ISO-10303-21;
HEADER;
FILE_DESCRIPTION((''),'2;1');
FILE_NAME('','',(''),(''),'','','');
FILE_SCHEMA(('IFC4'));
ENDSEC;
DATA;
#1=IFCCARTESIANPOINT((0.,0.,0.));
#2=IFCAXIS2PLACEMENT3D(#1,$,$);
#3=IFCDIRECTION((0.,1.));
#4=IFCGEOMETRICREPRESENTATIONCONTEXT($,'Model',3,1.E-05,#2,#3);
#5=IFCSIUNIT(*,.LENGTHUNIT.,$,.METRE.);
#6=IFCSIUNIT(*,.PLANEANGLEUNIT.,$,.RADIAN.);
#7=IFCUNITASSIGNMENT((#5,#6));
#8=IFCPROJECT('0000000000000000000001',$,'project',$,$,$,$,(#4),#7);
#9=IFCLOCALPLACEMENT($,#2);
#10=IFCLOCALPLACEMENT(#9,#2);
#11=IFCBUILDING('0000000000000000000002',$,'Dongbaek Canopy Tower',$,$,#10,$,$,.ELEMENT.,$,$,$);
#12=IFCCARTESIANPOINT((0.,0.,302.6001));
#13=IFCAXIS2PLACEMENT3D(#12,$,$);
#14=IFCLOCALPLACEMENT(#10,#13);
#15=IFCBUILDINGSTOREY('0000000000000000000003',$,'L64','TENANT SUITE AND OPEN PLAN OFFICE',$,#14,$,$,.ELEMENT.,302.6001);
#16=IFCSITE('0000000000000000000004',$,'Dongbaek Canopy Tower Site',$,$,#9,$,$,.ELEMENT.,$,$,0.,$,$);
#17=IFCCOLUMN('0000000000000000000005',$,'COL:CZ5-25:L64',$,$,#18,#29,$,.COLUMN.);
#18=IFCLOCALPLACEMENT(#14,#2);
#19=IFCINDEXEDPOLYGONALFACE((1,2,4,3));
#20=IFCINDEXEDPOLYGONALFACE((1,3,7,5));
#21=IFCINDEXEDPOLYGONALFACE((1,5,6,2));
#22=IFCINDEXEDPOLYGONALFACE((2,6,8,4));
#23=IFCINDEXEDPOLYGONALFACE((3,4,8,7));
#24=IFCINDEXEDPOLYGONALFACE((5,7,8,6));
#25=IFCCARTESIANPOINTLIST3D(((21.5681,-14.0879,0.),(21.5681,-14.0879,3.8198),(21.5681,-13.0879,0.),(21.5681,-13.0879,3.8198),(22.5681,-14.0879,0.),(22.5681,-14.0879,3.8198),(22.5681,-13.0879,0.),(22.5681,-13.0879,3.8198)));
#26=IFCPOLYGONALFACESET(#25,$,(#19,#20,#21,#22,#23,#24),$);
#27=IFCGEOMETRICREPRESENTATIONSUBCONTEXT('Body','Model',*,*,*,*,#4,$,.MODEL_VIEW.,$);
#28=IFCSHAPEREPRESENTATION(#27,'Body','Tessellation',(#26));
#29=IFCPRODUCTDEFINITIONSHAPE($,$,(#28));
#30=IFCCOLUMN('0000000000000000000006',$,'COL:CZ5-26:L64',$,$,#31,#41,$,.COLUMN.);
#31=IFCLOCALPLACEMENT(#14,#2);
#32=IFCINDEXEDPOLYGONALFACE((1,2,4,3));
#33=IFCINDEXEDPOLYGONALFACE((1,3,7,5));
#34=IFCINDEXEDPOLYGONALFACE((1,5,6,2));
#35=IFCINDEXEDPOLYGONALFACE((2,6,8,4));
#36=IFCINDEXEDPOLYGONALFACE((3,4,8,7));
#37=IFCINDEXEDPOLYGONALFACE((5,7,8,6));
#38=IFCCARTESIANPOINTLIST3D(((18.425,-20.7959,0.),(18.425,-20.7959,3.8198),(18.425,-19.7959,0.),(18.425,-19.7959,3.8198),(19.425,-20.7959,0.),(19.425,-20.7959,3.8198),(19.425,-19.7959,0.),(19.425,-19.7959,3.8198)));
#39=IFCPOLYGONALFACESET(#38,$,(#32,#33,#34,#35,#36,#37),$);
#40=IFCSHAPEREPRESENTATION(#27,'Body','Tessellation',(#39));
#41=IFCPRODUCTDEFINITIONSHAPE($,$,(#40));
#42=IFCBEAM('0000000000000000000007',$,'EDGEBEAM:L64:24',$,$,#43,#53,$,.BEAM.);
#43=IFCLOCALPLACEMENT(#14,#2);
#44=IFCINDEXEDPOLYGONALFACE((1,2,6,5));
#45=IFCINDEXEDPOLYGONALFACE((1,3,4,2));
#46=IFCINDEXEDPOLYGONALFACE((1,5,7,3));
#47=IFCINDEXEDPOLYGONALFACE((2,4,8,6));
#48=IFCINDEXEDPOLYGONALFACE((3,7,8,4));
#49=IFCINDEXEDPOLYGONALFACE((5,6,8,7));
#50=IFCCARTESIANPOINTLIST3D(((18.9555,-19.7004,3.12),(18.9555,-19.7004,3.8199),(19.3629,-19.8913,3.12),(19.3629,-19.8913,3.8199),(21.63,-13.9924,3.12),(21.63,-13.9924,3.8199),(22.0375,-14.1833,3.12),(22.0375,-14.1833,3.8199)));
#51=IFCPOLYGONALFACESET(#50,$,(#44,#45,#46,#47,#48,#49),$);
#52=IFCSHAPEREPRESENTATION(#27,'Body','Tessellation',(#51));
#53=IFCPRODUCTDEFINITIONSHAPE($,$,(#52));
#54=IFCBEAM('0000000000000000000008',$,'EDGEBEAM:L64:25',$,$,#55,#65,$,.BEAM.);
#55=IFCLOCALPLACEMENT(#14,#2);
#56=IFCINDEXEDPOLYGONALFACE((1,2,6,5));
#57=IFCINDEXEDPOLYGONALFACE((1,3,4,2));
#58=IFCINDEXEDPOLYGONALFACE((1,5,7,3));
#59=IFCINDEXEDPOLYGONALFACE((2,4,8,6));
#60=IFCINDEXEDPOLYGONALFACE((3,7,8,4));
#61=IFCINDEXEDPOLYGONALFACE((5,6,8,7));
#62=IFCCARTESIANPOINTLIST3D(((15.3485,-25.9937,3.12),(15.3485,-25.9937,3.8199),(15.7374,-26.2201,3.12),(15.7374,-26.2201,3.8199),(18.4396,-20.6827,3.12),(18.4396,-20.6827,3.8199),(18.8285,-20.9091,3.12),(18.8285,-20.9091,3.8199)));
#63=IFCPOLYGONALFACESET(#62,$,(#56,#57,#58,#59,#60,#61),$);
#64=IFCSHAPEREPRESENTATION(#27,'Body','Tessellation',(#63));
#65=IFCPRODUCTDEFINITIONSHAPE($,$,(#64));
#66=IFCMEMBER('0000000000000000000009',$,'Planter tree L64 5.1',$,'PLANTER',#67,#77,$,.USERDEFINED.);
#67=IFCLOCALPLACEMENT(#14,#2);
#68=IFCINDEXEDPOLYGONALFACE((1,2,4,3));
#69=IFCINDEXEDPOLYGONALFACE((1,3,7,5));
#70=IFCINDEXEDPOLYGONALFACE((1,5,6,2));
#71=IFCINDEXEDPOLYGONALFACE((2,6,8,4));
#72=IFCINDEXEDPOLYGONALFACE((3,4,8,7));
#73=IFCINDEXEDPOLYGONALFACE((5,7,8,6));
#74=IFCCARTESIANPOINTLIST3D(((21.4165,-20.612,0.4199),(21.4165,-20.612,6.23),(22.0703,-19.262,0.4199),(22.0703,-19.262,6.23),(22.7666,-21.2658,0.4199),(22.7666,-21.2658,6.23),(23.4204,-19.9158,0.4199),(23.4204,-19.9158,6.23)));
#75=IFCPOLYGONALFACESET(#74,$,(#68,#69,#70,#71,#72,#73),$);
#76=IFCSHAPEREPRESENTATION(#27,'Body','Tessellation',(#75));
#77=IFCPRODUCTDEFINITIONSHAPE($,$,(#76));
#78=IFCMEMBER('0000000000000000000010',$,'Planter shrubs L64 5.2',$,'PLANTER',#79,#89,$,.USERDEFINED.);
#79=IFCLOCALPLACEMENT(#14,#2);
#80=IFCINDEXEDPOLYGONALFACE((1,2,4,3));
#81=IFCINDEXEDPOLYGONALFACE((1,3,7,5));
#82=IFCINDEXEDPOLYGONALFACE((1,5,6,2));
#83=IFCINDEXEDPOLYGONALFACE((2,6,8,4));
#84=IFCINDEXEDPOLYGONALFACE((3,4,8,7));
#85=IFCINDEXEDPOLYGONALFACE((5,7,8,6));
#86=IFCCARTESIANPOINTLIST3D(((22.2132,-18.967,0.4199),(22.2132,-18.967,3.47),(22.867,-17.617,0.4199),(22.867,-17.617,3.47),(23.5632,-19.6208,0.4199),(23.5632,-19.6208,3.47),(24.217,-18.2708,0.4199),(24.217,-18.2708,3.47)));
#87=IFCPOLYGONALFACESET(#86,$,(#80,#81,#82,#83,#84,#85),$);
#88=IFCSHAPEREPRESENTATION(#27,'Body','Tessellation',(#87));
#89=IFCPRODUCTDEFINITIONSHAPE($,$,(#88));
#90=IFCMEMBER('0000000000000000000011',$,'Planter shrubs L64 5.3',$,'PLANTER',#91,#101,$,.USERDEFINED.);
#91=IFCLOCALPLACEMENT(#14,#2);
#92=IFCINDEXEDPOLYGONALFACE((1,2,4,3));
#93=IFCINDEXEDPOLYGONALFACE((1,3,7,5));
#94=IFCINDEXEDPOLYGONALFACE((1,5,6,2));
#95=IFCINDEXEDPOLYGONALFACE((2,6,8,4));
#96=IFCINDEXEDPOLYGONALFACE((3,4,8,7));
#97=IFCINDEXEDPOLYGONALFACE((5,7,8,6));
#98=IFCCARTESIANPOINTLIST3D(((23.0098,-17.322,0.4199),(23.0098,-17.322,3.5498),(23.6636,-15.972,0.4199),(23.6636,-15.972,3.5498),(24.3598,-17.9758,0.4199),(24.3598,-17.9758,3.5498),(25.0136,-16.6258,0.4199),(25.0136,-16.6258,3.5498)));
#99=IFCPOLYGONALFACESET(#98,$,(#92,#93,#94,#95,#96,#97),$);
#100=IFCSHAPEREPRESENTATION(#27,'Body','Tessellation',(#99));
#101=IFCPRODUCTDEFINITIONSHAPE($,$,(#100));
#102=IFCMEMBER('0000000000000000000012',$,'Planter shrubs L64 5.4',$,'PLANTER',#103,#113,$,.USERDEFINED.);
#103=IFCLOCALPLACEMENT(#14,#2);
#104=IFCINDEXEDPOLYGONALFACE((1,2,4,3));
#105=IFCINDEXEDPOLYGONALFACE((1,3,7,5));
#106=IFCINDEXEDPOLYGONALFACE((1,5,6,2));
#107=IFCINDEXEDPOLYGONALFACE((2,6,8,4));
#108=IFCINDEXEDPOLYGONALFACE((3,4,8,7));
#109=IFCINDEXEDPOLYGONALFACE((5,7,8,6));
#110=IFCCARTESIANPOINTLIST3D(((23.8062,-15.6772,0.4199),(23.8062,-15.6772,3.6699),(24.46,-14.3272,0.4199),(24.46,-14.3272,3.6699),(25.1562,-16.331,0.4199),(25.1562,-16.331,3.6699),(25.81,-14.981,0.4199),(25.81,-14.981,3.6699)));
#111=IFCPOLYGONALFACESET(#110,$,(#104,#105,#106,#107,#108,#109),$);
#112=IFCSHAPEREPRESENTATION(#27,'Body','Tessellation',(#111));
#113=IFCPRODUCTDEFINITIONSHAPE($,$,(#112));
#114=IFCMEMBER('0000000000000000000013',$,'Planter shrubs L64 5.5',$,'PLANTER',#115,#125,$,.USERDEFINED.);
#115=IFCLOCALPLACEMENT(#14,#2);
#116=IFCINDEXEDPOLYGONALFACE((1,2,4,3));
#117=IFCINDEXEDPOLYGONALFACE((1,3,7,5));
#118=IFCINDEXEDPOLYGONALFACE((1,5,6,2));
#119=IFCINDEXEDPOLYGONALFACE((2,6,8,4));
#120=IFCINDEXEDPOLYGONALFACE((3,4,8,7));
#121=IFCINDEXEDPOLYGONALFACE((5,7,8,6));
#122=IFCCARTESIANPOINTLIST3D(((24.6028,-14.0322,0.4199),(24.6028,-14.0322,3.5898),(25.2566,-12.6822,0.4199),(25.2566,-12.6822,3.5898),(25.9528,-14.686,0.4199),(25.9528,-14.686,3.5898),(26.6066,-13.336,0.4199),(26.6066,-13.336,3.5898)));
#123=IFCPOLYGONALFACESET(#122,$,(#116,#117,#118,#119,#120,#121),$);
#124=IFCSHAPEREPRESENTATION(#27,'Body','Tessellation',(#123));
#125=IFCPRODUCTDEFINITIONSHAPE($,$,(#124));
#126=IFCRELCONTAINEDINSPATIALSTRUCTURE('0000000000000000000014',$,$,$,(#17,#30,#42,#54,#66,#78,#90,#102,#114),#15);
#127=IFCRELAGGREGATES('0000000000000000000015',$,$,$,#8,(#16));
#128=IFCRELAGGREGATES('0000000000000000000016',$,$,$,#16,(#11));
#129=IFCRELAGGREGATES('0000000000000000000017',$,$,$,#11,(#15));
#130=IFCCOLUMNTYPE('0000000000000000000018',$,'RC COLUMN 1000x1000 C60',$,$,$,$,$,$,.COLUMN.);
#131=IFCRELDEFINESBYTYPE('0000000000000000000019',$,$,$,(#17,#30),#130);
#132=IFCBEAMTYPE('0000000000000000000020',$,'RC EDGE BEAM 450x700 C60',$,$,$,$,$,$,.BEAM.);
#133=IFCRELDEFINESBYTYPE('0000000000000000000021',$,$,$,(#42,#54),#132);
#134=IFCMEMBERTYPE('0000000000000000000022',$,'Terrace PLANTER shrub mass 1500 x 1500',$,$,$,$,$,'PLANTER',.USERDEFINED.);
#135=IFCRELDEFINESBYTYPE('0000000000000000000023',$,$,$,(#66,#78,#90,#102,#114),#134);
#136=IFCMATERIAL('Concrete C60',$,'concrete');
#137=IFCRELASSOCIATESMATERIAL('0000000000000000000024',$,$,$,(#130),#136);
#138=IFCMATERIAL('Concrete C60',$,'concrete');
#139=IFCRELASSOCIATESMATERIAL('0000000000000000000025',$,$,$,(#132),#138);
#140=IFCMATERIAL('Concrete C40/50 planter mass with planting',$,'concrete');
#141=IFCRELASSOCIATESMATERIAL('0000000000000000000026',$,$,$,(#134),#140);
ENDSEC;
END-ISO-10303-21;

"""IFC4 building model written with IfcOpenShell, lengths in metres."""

from ifc_helpers import new_model, si_unit, direction, frame, origin, origin_2d, place, context, subcontext, project, spatial, rectangle, extrude, material, material_profile, profile_set, type_object, element, save


model = new_model("IFC4")

# Units and contexts
model_context = context("Model", 3, precision=1e-05, world=origin(), true_north=direction((0.0, 1.0)))
body_context = subcontext(model_context, "Body", "Model", "MODEL_VIEW")
ifc_project = project(units=[si_unit("LENGTHUNIT", "METRE"), si_unit("PLANEANGLEUNIT", "RADIAN")], contexts=[model_context])

# Site, building, storey
site_placement = place(None, origin())
site = spatial("IfcSite", under=ifc_project, at=site_placement, Name="Dongbaek Canopy Tower Site", CompositionType="ELEMENT", RefElevation=0.0)
building_placement = place(site_placement, origin())
building = spatial("IfcBuilding", under=site, at=building_placement, Name="Dongbaek Canopy Tower", CompositionType="ELEMENT")
storey_placement = place(building_placement, frame((0.0, 0.0, 302.6001)))
storey = spatial("IfcBuildingStorey", under=building, at=storey_placement, Name="L64", Description="TENANT SUITE AND OPEN PLAN OFFICE", CompositionType="ELEMENT", Elevation=302.6001)

# Columns
ifc_material_1 = material(Name="Concrete C60", Category="concrete")
ifc_material_profile_1 = material_profile(ifc_material_1, rectangle(XDim=1.0, YDim=1.0, at=origin_2d()), Name="RC COLUMN 1000x1000 C60")
ifc_profile_set_1 = profile_set([ifc_material_profile_1], Name="Concrete C60")
column_type = type_object("IfcColumnType", Name="RC COLUMN 1000x1000 C60", PredefinedType="COLUMN", material=ifc_profile_set_1)
for number, where, z_axis, x_axis, name in (
    (1, (22.0681, -13.5879, 0.0), (0.0, 0.0, 1.0), (1.0, 0.0, 0.0), "COL:CZ5-25:L64"),
    (2, (18.925, -20.2959, 0.0), (0.0, 0.0, 1.0), (1.0, 0.0, 0.0), "COL:CZ5-26:L64"),
):
    element("IfcColumn", number, at=place(storey_placement, frame(where, z_axis=z_axis, x_axis=x_axis)), inside=storey, type_object=column_type, Name=name, PredefinedType="COLUMN", context=body_context, shape_type="SweptSolid", body=[
        extrude(rectangle(XDim=1.0, YDim=1.0, at=origin_2d()), origin(), (0.0, 0.0, 1.0), 3.8198),
    ])

# Beams
ifc_material_2 = material(Name="Concrete C60", Category="concrete")
ifc_material_profile_2 = material_profile(ifc_material_2, rectangle(XDim=0.45, YDim=0.7, at=origin_2d()), Name="RC EDGE BEAM 450x700 C60")
ifc_profile_set_2 = profile_set([ifc_material_profile_2], Name="Concrete C60")
beam_type = type_object("IfcBeamType", Name="RC EDGE BEAM 450x700 C60", PredefinedType="BEAM", material=ifc_profile_set_2)
beam_1_placement = place(storey_placement, frame((21.8337, -14.0879, 3.47), z_axis=(-0.424295, -0.905524, 0.0), x_axis=(0.905524, -0.424295, 0.0)))
element("IfcBeam", 3, at=beam_1_placement, inside=storey, type_object=beam_type, Name="EDGEBEAM:L64:24", PredefinedType="BEAM", context=body_context, shape_type="SweptSolid", body=[
    extrude(rectangle(XDim=0.45, YDim=0.7, at=origin_2d()), origin(), (0.0, 0.0, 1.0), 6.3035),
])
beam_2_placement = place(storey_placement, frame((18.634, -20.7959, 3.47), z_axis=(-0.503016, -0.864277, 0.0), x_axis=(0.864277, -0.503016, 0.0)))
element("IfcBeam", 4, at=beam_2_placement, inside=storey, type_object=beam_type, Name="EDGEBEAM:L64:25", PredefinedType="BEAM", context=body_context, shape_type="SweptSolid", body=[
    extrude(rectangle(XDim=0.45, YDim=0.7, at=origin_2d()), origin(), (0.0, 0.0, 1.0), 6.145),
])

# Members
ifc_material_3 = material(Name="Concrete C40/50 planter mass with planting", Category="concrete")
ifc_material_profile_3 = material_profile(ifc_material_3, rectangle(XDim=1.5, YDim=1.5, at=origin_2d()), Name="Terrace PLANTER shrub mass 1500 x 1500")
ifc_profile_set_3 = profile_set([ifc_material_profile_3], Name="Concrete C40/50 planter mass with planting")
member_type = type_object("IfcMemberType", Name="Terrace PLANTER shrub mass 1500 x 1500", ElementType="PLANTER", PredefinedType="USERDEFINED", material=ifc_profile_set_3)
member_1_placement = place(storey_placement, frame((22.4185, -20.2639, 0.4199), z_axis=(0.0, 0.0, 1.0), x_axis=(0.900013, -0.435863, 0.0)))
element("IfcMember", 5, at=member_1_placement, inside=storey, type_object=member_type, Name="Planter tree L64 5.1", ObjectType="PLANTER", PredefinedType="USERDEFINED", context=body_context, shape_type="SweptSolid", body=[
    extrude(rectangle(XDim=1.5, YDim=1.5, at=origin_2d()), origin(), (0.0, 0.0, 1.0), 5.8101),
])
member_2_placement = place(storey_placement, frame((23.2151, -18.6189, 0.4199), z_axis=(0.0, 0.0, 1.0), x_axis=(0.900013, -0.435863, 0.0)))
element("IfcMember", 6, at=member_2_placement, inside=storey, type_object=member_type, Name="Planter shrubs L64 5.2", ObjectType="PLANTER", PredefinedType="USERDEFINED", context=body_context, shape_type="SweptSolid", body=[
    extrude(rectangle(XDim=1.5, YDim=1.5, at=origin_2d()), origin(), (0.0, 0.0, 1.0), 3.05),
])
member_3_placement = place(storey_placement, frame((24.0117, -16.9739, 0.4199), z_axis=(0.0, 0.0, 1.0), x_axis=(0.900013, -0.435863, 0.0)))
element("IfcMember", 7, at=member_3_placement, inside=storey, type_object=member_type, Name="Planter shrubs L64 5.3", ObjectType="PLANTER", PredefinedType="USERDEFINED", context=body_context, shape_type="SweptSolid", body=[
    extrude(rectangle(XDim=1.5, YDim=1.5, at=origin_2d()), origin(), (0.0, 0.0, 1.0), 3.1299),
])
member_4_placement = place(storey_placement, frame((24.8081, -15.3291, 0.4199), z_axis=(0.0, 0.0, 1.0), x_axis=(0.900013, -0.435863, 0.0)))
element("IfcMember", 8, at=member_4_placement, inside=storey, type_object=member_type, Name="Planter shrubs L64 5.4", ObjectType="PLANTER", PredefinedType="USERDEFINED", context=body_context, shape_type="SweptSolid", body=[
    extrude(rectangle(XDim=1.5, YDim=1.5, at=origin_2d()), origin(), (0.0, 0.0, 1.0), 3.25),
])
member_5_placement = place(storey_placement, frame((25.6047, -13.6841, 0.4199), z_axis=(0.0, 0.0, 1.0), x_axis=(0.900013, -0.435863, 0.0)))
element("IfcMember", 9, at=member_5_placement, inside=storey, type_object=member_type, Name="Planter shrubs L64 5.5", ObjectType="PLANTER", PredefinedType="USERDEFINED", context=body_context, shape_type="SweptSolid", body=[
    extrude(rectangle(XDim=1.5, YDim=1.5, at=origin_2d()), origin(), (0.0, 0.0, 1.0), 3.1699),
])

save(model, "model.ifc")
